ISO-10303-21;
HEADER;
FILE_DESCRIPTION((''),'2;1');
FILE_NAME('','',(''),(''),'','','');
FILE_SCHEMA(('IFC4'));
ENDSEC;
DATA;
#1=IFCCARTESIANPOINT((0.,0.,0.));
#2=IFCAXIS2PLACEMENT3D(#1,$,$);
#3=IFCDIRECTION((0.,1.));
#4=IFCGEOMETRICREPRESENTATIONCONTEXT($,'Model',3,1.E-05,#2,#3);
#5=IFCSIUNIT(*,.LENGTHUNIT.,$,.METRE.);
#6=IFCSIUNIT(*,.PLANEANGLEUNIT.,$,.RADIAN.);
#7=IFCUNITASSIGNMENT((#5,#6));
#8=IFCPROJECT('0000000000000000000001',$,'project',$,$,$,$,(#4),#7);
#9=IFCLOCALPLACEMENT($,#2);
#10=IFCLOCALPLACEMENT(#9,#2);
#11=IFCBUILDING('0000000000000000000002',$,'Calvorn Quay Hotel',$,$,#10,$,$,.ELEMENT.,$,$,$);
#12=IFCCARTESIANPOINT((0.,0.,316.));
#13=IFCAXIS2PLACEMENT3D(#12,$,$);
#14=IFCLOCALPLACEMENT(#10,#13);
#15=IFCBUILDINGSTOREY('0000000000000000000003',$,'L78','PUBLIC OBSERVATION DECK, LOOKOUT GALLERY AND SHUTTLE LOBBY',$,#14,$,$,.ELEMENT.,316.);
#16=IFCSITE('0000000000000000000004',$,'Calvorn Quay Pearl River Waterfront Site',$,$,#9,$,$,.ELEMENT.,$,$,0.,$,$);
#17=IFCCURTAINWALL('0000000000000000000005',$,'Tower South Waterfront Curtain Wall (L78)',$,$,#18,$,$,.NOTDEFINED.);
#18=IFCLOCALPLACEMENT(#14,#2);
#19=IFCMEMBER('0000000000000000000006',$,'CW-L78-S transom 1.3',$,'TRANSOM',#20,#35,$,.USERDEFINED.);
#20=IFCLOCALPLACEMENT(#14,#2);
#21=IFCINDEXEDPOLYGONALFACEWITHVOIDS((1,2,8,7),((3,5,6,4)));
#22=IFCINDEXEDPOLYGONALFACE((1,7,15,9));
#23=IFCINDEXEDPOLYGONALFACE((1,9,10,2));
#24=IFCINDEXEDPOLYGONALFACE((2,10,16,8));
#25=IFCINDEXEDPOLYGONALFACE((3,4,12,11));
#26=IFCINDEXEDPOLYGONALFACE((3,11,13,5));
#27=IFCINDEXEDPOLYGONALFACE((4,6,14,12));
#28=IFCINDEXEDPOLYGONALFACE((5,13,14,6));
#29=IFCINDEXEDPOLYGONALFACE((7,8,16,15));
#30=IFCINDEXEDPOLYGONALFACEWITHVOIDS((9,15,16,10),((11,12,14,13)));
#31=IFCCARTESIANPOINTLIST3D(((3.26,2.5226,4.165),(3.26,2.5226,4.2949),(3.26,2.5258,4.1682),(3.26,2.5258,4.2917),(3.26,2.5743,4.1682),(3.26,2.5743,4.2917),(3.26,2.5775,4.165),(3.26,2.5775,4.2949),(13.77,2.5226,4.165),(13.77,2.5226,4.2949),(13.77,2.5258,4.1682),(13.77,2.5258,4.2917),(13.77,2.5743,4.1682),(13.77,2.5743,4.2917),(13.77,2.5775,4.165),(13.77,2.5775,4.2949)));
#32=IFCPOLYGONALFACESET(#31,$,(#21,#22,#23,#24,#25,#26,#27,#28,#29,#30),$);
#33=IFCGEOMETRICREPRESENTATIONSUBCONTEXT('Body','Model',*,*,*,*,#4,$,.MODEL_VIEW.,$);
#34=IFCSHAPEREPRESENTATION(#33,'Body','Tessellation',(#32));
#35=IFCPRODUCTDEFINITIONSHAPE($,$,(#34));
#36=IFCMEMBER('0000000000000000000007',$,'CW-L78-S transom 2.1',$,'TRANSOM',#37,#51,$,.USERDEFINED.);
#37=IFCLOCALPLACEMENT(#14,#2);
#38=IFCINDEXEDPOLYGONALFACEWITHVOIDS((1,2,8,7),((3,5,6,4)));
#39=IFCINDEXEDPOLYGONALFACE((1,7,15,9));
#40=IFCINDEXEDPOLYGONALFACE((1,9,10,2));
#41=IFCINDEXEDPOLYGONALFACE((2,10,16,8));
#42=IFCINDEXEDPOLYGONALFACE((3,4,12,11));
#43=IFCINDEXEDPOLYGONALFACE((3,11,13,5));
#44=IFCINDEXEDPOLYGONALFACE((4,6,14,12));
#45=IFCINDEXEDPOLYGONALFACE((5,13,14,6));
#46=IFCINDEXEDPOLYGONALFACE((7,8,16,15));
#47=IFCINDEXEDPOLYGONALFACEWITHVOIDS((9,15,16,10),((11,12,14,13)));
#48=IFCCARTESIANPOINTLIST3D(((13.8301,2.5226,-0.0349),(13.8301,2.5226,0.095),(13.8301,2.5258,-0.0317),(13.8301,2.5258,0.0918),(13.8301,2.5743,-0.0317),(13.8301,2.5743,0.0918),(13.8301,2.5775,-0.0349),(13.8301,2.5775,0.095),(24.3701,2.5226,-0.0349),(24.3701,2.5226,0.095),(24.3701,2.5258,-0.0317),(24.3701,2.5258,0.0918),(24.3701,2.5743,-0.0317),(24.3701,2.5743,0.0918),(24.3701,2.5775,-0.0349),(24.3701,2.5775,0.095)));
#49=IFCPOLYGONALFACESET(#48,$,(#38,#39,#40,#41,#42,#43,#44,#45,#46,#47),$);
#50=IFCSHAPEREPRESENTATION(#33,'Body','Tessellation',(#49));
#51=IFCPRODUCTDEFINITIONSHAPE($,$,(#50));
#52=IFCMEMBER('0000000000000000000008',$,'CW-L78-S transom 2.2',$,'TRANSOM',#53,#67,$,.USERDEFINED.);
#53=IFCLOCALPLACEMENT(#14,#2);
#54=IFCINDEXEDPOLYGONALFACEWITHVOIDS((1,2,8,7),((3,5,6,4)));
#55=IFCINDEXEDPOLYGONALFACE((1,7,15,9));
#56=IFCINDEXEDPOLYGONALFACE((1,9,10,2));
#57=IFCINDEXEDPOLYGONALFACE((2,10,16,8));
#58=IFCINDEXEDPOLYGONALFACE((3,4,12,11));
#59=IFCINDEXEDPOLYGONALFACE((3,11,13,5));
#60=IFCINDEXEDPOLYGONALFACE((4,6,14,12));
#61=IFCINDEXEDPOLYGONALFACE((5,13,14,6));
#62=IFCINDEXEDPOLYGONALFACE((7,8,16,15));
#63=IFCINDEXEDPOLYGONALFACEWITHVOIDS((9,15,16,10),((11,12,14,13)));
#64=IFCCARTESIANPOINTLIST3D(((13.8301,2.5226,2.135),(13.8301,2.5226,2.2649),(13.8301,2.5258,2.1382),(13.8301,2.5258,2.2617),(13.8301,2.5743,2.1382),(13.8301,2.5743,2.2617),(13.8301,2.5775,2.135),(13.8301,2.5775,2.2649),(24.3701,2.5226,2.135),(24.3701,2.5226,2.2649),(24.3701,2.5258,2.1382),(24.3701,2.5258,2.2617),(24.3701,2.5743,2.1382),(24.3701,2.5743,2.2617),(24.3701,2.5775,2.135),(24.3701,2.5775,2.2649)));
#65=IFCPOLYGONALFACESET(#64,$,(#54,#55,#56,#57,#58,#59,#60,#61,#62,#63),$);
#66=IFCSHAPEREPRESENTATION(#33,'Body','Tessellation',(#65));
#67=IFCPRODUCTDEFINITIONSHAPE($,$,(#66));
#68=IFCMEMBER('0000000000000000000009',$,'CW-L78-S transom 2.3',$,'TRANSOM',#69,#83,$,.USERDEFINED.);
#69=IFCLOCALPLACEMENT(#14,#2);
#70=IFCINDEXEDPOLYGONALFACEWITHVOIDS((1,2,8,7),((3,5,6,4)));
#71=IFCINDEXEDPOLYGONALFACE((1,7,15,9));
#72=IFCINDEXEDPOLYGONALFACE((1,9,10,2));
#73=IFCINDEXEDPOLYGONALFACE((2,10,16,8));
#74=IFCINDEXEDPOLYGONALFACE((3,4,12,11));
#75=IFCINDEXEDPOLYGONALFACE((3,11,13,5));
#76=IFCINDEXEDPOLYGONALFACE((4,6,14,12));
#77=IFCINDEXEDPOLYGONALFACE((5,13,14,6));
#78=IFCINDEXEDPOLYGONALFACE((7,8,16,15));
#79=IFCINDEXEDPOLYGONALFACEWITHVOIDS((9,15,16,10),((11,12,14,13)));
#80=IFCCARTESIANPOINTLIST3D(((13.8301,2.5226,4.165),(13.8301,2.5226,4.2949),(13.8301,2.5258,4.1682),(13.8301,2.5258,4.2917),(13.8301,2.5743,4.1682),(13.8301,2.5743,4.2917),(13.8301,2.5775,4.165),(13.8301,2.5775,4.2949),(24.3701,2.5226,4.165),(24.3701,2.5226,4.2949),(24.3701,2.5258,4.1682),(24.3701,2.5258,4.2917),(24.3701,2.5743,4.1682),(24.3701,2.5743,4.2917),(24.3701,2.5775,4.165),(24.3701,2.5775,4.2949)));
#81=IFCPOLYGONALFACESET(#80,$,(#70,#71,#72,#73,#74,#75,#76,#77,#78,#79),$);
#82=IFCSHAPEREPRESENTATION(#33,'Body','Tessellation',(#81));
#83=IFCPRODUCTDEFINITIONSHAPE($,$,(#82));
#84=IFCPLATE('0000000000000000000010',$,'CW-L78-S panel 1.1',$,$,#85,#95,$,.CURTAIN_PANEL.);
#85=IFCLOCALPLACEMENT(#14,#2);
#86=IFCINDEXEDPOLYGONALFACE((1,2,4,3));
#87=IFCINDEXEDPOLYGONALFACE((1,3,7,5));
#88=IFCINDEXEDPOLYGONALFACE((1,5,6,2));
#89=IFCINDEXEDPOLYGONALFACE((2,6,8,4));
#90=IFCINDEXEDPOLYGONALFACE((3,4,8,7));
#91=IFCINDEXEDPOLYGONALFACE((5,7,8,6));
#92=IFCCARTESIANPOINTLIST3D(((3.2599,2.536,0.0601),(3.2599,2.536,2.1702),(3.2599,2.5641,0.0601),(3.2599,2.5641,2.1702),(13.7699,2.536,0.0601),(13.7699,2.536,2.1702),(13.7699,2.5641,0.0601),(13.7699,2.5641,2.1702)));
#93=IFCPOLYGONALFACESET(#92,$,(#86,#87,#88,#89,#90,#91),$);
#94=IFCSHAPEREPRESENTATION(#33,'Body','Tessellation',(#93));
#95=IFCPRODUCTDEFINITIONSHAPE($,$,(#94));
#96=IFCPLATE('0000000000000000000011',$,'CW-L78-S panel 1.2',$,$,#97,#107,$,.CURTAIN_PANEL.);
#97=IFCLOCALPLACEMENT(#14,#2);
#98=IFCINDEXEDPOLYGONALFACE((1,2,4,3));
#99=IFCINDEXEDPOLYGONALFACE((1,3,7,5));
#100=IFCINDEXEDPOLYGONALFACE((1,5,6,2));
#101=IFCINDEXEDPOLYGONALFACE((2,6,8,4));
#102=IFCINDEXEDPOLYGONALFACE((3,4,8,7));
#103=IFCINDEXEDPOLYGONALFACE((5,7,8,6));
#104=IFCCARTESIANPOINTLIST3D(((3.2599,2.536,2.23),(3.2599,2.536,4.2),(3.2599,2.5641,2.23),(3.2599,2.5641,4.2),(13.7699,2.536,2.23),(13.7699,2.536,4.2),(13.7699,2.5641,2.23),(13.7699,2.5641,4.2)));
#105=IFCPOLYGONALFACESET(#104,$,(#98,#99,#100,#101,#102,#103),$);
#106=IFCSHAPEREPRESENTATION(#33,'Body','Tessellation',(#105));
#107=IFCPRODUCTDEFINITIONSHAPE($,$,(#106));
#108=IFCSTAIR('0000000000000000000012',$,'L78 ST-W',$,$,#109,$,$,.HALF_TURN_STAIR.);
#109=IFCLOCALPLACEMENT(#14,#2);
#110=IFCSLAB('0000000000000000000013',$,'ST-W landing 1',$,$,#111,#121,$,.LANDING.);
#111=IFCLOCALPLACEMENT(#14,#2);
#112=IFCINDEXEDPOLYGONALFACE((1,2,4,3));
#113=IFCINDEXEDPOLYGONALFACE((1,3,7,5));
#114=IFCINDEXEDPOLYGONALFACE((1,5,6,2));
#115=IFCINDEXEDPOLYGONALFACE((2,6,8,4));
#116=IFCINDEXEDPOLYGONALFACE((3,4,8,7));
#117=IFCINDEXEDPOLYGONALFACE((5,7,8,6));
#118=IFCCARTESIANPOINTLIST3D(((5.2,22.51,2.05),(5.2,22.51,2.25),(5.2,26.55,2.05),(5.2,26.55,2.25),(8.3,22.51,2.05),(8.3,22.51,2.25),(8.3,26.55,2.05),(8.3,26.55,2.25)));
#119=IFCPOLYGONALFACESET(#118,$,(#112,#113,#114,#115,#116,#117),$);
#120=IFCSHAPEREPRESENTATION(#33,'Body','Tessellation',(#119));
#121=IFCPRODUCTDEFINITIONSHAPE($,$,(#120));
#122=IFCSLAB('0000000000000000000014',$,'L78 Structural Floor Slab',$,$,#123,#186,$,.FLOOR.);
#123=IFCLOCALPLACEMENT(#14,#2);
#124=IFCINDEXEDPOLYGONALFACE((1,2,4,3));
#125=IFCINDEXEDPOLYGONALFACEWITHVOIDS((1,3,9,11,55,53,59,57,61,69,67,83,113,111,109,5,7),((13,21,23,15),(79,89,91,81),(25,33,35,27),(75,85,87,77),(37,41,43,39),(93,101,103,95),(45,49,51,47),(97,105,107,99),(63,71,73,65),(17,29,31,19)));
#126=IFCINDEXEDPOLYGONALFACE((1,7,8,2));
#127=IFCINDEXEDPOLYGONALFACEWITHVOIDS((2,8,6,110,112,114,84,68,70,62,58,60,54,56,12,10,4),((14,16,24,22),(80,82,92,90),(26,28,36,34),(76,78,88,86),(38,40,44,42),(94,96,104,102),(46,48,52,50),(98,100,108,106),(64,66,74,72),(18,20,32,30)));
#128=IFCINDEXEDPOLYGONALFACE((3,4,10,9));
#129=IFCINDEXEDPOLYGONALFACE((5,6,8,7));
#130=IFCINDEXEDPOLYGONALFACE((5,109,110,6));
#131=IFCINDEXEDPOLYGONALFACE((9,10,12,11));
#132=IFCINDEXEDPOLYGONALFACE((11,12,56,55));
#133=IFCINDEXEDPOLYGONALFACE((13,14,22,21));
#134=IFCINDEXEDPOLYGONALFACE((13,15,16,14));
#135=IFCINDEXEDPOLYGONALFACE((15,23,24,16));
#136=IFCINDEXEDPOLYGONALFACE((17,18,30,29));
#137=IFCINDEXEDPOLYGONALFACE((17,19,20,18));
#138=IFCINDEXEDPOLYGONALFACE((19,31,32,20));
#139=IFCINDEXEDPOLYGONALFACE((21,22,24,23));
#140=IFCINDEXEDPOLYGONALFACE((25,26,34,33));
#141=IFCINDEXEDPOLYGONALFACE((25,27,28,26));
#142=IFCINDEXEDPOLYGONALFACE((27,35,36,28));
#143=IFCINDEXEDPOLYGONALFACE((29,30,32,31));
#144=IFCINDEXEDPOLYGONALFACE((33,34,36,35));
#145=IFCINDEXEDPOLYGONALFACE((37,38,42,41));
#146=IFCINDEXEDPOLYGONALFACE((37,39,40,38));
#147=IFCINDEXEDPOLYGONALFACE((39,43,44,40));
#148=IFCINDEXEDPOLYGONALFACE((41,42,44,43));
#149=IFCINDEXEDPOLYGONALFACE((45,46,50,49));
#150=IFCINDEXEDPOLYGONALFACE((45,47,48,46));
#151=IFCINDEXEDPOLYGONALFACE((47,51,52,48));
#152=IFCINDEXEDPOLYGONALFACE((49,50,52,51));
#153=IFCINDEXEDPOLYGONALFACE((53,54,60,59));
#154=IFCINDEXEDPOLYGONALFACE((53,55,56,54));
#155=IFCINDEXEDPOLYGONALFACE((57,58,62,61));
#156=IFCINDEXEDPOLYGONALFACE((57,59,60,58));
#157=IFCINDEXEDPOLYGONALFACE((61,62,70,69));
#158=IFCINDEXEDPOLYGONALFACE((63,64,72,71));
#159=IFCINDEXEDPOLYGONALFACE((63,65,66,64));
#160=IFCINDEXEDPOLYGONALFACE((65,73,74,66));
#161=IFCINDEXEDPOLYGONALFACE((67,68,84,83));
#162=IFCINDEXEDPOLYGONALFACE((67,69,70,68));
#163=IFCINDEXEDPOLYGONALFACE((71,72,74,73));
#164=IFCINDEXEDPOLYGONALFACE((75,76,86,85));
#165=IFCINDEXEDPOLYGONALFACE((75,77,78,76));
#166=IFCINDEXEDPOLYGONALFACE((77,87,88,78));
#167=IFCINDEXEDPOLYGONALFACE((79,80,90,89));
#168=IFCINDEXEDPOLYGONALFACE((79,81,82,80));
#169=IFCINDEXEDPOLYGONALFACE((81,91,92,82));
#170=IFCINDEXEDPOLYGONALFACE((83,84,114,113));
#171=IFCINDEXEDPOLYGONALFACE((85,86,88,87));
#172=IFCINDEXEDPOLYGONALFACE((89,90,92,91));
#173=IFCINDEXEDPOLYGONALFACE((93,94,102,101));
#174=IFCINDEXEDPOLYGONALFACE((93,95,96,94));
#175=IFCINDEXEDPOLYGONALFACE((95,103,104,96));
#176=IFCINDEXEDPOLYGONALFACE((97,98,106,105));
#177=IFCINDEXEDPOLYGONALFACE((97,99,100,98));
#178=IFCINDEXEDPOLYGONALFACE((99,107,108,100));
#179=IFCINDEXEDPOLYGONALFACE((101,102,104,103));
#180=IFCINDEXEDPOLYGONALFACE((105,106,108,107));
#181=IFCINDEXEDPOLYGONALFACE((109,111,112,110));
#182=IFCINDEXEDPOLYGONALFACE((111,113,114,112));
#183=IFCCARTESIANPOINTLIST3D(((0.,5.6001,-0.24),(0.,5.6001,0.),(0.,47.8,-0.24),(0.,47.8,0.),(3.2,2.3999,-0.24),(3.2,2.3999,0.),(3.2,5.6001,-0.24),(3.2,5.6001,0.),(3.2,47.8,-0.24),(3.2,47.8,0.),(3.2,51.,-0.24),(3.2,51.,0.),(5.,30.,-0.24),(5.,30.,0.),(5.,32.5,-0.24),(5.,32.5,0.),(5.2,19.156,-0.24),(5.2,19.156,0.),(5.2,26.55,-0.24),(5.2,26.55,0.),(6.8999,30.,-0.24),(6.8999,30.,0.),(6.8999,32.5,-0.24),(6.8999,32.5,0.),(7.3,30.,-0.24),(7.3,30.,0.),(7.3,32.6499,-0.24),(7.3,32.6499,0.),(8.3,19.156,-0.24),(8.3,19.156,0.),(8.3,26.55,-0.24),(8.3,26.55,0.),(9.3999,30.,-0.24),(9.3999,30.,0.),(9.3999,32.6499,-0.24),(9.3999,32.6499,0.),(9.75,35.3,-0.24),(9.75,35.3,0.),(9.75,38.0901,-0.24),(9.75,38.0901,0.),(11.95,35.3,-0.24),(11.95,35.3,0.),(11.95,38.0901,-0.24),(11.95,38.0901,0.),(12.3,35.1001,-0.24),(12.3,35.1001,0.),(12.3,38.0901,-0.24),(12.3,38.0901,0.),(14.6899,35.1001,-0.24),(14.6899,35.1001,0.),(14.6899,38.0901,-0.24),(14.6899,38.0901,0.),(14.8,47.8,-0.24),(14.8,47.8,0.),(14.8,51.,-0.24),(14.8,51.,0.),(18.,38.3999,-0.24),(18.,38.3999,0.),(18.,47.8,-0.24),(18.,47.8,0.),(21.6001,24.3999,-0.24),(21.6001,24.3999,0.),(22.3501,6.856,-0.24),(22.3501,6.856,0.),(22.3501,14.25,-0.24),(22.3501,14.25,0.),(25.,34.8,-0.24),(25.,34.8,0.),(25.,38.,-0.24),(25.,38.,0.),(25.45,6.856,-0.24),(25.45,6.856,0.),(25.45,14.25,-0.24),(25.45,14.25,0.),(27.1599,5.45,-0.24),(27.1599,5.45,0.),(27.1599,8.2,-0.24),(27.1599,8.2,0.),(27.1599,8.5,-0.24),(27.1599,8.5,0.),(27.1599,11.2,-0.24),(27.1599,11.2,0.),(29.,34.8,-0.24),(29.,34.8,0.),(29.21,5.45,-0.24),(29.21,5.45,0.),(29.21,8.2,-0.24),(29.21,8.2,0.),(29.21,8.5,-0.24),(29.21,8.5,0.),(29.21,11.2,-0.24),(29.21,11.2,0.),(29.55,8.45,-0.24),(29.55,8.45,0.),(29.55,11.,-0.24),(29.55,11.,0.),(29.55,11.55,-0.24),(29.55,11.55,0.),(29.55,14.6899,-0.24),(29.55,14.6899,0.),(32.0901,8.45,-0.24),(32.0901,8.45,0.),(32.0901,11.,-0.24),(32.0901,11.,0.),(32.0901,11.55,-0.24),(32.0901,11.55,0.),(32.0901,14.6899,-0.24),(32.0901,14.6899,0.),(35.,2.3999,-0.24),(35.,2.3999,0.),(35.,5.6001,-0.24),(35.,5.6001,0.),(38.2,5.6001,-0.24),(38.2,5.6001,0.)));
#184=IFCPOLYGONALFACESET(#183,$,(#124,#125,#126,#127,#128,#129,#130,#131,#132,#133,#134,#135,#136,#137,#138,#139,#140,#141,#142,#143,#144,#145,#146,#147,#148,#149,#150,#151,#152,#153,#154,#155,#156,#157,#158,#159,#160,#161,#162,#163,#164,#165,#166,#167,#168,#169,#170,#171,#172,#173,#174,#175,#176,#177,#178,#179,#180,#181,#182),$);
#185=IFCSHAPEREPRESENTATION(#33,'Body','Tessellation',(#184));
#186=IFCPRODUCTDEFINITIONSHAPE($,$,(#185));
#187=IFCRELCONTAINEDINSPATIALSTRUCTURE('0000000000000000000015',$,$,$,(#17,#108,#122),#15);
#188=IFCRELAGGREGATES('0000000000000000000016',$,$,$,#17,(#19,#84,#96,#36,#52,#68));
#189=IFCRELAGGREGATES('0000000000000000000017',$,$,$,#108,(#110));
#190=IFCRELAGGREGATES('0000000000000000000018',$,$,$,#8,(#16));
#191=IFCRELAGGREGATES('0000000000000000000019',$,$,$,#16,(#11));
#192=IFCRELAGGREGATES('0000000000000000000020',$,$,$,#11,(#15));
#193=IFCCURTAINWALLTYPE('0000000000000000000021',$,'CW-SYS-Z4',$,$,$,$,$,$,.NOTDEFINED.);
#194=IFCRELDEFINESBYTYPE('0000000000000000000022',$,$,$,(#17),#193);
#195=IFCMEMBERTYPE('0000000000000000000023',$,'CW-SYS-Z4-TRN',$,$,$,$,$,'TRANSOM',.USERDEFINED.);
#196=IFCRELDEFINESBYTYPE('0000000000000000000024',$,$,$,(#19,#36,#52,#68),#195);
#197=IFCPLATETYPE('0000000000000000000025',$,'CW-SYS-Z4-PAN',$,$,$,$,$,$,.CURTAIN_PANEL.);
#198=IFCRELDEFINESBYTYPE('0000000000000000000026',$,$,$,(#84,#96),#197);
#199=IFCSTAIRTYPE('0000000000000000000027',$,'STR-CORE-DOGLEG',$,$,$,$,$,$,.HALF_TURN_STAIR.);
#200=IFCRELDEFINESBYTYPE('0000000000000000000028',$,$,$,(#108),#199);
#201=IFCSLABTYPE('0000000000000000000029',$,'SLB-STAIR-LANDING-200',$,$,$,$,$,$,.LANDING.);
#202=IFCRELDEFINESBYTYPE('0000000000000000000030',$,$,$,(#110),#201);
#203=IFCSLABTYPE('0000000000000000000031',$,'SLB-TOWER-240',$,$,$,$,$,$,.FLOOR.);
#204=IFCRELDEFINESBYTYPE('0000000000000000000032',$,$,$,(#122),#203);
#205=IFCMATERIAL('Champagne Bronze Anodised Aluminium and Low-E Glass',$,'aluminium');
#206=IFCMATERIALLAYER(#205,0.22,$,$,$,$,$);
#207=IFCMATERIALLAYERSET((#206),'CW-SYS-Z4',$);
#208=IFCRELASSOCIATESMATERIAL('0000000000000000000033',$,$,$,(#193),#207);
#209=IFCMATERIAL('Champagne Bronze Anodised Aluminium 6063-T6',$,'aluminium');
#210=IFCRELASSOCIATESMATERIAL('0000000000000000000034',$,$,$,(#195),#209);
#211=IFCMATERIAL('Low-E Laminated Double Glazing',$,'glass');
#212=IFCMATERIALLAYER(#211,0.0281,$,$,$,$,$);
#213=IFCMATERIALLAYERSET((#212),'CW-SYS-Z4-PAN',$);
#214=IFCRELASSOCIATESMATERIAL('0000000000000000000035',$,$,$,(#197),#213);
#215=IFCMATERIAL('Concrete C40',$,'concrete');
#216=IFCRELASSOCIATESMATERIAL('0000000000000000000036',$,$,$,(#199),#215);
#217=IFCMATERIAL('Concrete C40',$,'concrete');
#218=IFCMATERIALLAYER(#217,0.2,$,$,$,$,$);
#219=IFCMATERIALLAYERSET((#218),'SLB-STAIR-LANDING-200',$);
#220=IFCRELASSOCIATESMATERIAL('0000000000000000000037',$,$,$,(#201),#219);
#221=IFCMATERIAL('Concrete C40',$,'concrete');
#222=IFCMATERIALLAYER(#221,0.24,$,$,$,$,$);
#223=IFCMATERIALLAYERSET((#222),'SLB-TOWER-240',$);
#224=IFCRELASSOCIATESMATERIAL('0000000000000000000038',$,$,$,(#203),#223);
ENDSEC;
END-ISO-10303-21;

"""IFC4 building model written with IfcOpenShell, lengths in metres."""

from ifc_helpers import new_model, si_unit, direction, frame, origin, origin_2d, place, context, subcontext, project, spatial, polyline, rectangle, hollow_rectangle, outline, extrude, material, layer, layer_set, material_profile, profile_set, type_object, element, aggregate, save


model = new_model("IFC4")

# Units and contexts
model_context = context("Model", 3, precision=1e-05, world=origin(), true_north=direction((0.0, 1.0)))
body_context = subcontext(model_context, "Body", "Model", "MODEL_VIEW")
ifc_project = project(units=[si_unit("LENGTHUNIT", "METRE"), si_unit("PLANEANGLEUNIT", "RADIAN")], contexts=[model_context])

# Site, building, storey
site_placement = place(None, origin())
site = spatial("IfcSite", under=ifc_project, at=site_placement, Name="Calvorn Quay Pearl River Waterfront Site", CompositionType="ELEMENT", RefElevation=0.0)
building_placement = place(site_placement, origin())
building = spatial("IfcBuilding", under=site, at=building_placement, Name="Calvorn Quay Hotel", CompositionType="ELEMENT")
storey_placement = place(building_placement, frame((0.0, 0.0, 316.0)))
storey = spatial("IfcBuildingStorey", under=building, at=storey_placement, Name="L78", Description="PUBLIC OBSERVATION DECK, LOOKOUT GALLERY AND SHUTTLE LOBBY", CompositionType="ELEMENT", Elevation=316.0)

# Shared definitions
ifc_material_1 = material(Name="Champagne Bronze Anodised Aluminium and Low-E Glass", Category="aluminium")
ifc_layer_1 = layer(ifc_material_1, 0.22)
ifc_layer_set_1 = layer_set([ifc_layer_1], Name="CW-SYS-Z4")
curtain_wall_type = type_object("IfcCurtainWallType", Name="CW-SYS-Z4", PredefinedType="NOTDEFINED", material=ifc_layer_set_1)

# Curtain wall, members, plates
curtain_wall_1_placement = place(storey_placement, origin())
curtain_wall_1 = element("IfcCurtainWall", 1, at=curtain_wall_1_placement, inside=storey, type_object=curtain_wall_type, Name="Tower South Waterfront Curtain Wall (L78)", PredefinedType="NOTDEFINED")
ifc_material_2 = material(Name="Champagne Bronze Anodised Aluminium 6063-T6", Category="aluminium")
ifc_material_profile_1 = material_profile(ifc_material_2, hollow_rectangle(XDim=0.0549, YDim=0.1299, WallThickness=0.0032, at=origin_2d()), Name="ALU-T130x55x3.2")
ifc_profile_set_1 = profile_set([ifc_material_profile_1], Name="Champagne Bronze Anodised Aluminium 6063-T6")
member_type_1 = type_object("IfcMemberType", Name="CW-SYS-Z4-TRN", ElementType="TRANSOM", PredefinedType="USERDEFINED", material=ifc_profile_set_1)
member_1_placement = place(storey_placement, frame((3.26, 2.55, 4.23), z_axis=(1.0, 0.0, 0.0), x_axis=(0.0, 1.0, 0.0)))
member_1 = element("IfcMember", 2, at=member_1_placement, type_object=member_type_1, Name="CW-L78-S transom 1.3", ObjectType="TRANSOM", PredefinedType="USERDEFINED", context=body_context, shape_type="SweptSolid", body=[
    extrude(hollow_rectangle(XDim=0.0549, YDim=0.1299, WallThickness=0.0032, at=origin_2d()), origin(), (0.0, 0.0, 1.0), 10.51),
])
member_2_placement = place(storey_placement, frame((13.8301, 2.55, 0.03), z_axis=(1.0, 0.0, 0.0), x_axis=(0.0, 1.0, 0.0)))
member_2 = element("IfcMember", 3, at=member_2_placement, type_object=member_type_1, Name="CW-L78-S transom 2.1", ObjectType="TRANSOM", PredefinedType="USERDEFINED", context=body_context, shape_type="SweptSolid", body=[
    extrude(hollow_rectangle(XDim=0.0549, YDim=0.1299, WallThickness=0.0032, at=origin_2d()), origin(), (0.0, 0.0, 1.0), 10.54),
])
member_3_placement = place(storey_placement, frame((13.8301, 2.55, 2.2), z_axis=(1.0, 0.0, 0.0), x_axis=(0.0, 1.0, 0.0)))
member_3 = element("IfcMember", 4, at=member_3_placement, type_object=member_type_1, Name="CW-L78-S transom 2.2", ObjectType="TRANSOM", PredefinedType="USERDEFINED", context=body_context, shape_type="SweptSolid", body=[
    extrude(hollow_rectangle(XDim=0.0549, YDim=0.1299, WallThickness=0.0032, at=origin_2d()), origin(), (0.0, 0.0, 1.0), 10.54),
])
member_4_placement = place(storey_placement, frame((13.8301, 2.55, 4.23), z_axis=(1.0, 0.0, 0.0), x_axis=(0.0, 1.0, 0.0)))
member_4 = element("IfcMember", 5, at=member_4_placement, type_object=member_type_1, Name="CW-L78-S transom 2.3", ObjectType="TRANSOM", PredefinedType="USERDEFINED", context=body_context, shape_type="SweptSolid", body=[
    extrude(hollow_rectangle(XDim=0.0549, YDim=0.1299, WallThickness=0.0032, at=origin_2d()), origin(), (0.0, 0.0, 1.0), 10.54),
])
ifc_material_3 = material(Name="Low-E Laminated Double Glazing", Category="glass")
ifc_layer_2 = layer(ifc_material_3, 0.0281)
ifc_layer_set_2 = layer_set([ifc_layer_2], Name="CW-SYS-Z4-PAN")
plate_type = type_object("IfcPlateType", Name="CW-SYS-Z4-PAN", PredefinedType="CURTAIN_PANEL", material=ifc_layer_set_2)
plate_1_placement = place(storey_placement, frame((8.5149, 2.55, 0.0601), z_axis=(0.0, 0.0, 1.0), x_axis=(1.0, 0.0, 0.0)))
plate_1 = element("IfcPlate", 6, at=plate_1_placement, type_object=plate_type, Name="CW-L78-S panel 1.1", PredefinedType="CURTAIN_PANEL", context=body_context, shape_type="SweptSolid", body=[
    extrude(rectangle(XDim=10.51, YDim=0.0281, at=origin_2d()), origin(), (0.0, 0.0, 1.0), 2.1101),
])
plate_2_placement = place(storey_placement, frame((8.5149, 2.55, 2.23), z_axis=(0.0, 0.0, 1.0), x_axis=(1.0, 0.0, 0.0)))
plate_2 = element("IfcPlate", 7, at=plate_2_placement, type_object=plate_type, Name="CW-L78-S panel 1.2", PredefinedType="CURTAIN_PANEL", context=body_context, shape_type="SweptSolid", body=[
    extrude(rectangle(XDim=10.51, YDim=0.0281, at=origin_2d()), origin(), (0.0, 0.0, 1.0), 1.97),
])
aggregate(curtain_wall_1, [member_1, plate_1, plate_2, member_2, member_3, member_4])

# Stair, slab
ifc_material_4 = material(Name="Concrete C40", Category="concrete")
stair_type = type_object("IfcStairType", Name="STR-CORE-DOGLEG", PredefinedType="HALF_TURN_STAIR", material=ifc_material_4)
stair_placement = place(storey_placement, origin())
stair = element("IfcStair", 8, at=stair_placement, inside=storey, type_object=stair_type, Name="L78 ST-W", PredefinedType="HALF_TURN_STAIR")
ifc_material_5 = material(Name="Concrete C40", Category="concrete")
ifc_layer_3 = layer(ifc_material_5, 0.2)
ifc_layer_set_3 = layer_set([ifc_layer_3], Name="SLB-STAIR-LANDING-200")
slab_type_1 = type_object("IfcSlabType", Name="SLB-STAIR-LANDING-200", PredefinedType="LANDING", material=ifc_layer_set_3)
slab_1_placement = place(storey_placement, frame((0.0, 0.0, 2.05)))
slab_1 = element("IfcSlab", 9, at=slab_1_placement, type_object=slab_type_1, Name="ST-W landing 1", PredefinedType="LANDING", context=body_context, shape_type="SweptSolid", body=[
    extrude(outline(polyline([(8.3, 22.51), (8.3, 26.55), (5.2, 26.55), (5.2, 22.51), (8.3, 22.51)])), origin(), (0.0, 0.0, 1.0), 0.2),
])
aggregate(stair, [slab_1])

# Slab
ifc_material_6 = material(Name="Concrete C40", Category="concrete")
ifc_layer_4 = layer(ifc_material_6, 0.24)
ifc_layer_set_4 = layer_set([ifc_layer_4], Name="SLB-TOWER-240")
slab_type_2 = type_object("IfcSlabType", Name="SLB-TOWER-240", PredefinedType="FLOOR", material=ifc_layer_set_4)
slab_2_placement = place(storey_placement, frame((0.0, 0.0, -0.24)))
element("IfcSlab", 10, at=slab_2_placement, inside=storey, type_object=slab_type_2, Name="L78 Structural Floor Slab", PredefinedType="FLOOR", context=body_context, shape_type="SweptSolid", body=[
    extrude(outline(polyline([(0.0, 5.6001), (3.2, 5.6001), (3.2, 2.3999), (35.0, 2.3999), (35.0, 5.6001), (38.2, 5.6001), (29.0, 34.8), (25.0, 34.8), (25.0, 38.0), (21.6001, 24.3999), (18.0, 38.3999), (18.0, 47.8), (14.8, 47.8), (14.8, 51.0), (3.2, 51.0), (3.2, 47.8), (0.0, 47.8), (0.0, 5.6001)]), holes=[polyline([(5.2, 19.156), (8.3, 19.156), (8.3, 26.55), (5.2, 26.55), (5.2, 19.156)]), polyline([(22.3501, 6.856), (25.45, 6.856), (25.45, 14.25), (22.3501, 14.25), (22.3501, 6.856)]), polyline([(5.0, 30.0), (6.8999, 30.0), (6.8999, 32.5), (5.0, 32.5), (5.0, 30.0)]), polyline([(7.3, 30.0), (9.3999, 30.0), (9.3999, 32.6499), (7.3, 32.6499), (7.3, 30.0)]), polyline([(27.1599, 8.5), (29.21, 8.5), (29.21, 11.2), (27.1599, 11.2), (27.1599, 8.5)]), polyline([(27.1599, 5.45), (29.21, 5.45), (29.21, 8.2), (27.1599, 8.2), (27.1599, 5.45)]), polyline([(12.3, 35.1001), (14.6899, 35.1001), (14.6899, 38.0901), (12.3, 38.0901), (12.3, 35.1001)]), polyline([(9.75, 35.3), (11.95, 35.3), (11.95, 38.0901), (9.75, 38.0901), (9.75, 35.3)]), polyline([(29.55, 11.55), (32.0901, 11.55), (32.0901, 14.6899), (29.55, 14.6899), (29.55, 11.55)]), polyline([(29.55, 8.45), (32.0901, 8.45), (32.0901, 11.0), (29.55, 11.0), (29.55, 8.45)])]), origin(), (0.0, 0.0, 1.0), 0.24),
])

save(model, "model.ifc")
